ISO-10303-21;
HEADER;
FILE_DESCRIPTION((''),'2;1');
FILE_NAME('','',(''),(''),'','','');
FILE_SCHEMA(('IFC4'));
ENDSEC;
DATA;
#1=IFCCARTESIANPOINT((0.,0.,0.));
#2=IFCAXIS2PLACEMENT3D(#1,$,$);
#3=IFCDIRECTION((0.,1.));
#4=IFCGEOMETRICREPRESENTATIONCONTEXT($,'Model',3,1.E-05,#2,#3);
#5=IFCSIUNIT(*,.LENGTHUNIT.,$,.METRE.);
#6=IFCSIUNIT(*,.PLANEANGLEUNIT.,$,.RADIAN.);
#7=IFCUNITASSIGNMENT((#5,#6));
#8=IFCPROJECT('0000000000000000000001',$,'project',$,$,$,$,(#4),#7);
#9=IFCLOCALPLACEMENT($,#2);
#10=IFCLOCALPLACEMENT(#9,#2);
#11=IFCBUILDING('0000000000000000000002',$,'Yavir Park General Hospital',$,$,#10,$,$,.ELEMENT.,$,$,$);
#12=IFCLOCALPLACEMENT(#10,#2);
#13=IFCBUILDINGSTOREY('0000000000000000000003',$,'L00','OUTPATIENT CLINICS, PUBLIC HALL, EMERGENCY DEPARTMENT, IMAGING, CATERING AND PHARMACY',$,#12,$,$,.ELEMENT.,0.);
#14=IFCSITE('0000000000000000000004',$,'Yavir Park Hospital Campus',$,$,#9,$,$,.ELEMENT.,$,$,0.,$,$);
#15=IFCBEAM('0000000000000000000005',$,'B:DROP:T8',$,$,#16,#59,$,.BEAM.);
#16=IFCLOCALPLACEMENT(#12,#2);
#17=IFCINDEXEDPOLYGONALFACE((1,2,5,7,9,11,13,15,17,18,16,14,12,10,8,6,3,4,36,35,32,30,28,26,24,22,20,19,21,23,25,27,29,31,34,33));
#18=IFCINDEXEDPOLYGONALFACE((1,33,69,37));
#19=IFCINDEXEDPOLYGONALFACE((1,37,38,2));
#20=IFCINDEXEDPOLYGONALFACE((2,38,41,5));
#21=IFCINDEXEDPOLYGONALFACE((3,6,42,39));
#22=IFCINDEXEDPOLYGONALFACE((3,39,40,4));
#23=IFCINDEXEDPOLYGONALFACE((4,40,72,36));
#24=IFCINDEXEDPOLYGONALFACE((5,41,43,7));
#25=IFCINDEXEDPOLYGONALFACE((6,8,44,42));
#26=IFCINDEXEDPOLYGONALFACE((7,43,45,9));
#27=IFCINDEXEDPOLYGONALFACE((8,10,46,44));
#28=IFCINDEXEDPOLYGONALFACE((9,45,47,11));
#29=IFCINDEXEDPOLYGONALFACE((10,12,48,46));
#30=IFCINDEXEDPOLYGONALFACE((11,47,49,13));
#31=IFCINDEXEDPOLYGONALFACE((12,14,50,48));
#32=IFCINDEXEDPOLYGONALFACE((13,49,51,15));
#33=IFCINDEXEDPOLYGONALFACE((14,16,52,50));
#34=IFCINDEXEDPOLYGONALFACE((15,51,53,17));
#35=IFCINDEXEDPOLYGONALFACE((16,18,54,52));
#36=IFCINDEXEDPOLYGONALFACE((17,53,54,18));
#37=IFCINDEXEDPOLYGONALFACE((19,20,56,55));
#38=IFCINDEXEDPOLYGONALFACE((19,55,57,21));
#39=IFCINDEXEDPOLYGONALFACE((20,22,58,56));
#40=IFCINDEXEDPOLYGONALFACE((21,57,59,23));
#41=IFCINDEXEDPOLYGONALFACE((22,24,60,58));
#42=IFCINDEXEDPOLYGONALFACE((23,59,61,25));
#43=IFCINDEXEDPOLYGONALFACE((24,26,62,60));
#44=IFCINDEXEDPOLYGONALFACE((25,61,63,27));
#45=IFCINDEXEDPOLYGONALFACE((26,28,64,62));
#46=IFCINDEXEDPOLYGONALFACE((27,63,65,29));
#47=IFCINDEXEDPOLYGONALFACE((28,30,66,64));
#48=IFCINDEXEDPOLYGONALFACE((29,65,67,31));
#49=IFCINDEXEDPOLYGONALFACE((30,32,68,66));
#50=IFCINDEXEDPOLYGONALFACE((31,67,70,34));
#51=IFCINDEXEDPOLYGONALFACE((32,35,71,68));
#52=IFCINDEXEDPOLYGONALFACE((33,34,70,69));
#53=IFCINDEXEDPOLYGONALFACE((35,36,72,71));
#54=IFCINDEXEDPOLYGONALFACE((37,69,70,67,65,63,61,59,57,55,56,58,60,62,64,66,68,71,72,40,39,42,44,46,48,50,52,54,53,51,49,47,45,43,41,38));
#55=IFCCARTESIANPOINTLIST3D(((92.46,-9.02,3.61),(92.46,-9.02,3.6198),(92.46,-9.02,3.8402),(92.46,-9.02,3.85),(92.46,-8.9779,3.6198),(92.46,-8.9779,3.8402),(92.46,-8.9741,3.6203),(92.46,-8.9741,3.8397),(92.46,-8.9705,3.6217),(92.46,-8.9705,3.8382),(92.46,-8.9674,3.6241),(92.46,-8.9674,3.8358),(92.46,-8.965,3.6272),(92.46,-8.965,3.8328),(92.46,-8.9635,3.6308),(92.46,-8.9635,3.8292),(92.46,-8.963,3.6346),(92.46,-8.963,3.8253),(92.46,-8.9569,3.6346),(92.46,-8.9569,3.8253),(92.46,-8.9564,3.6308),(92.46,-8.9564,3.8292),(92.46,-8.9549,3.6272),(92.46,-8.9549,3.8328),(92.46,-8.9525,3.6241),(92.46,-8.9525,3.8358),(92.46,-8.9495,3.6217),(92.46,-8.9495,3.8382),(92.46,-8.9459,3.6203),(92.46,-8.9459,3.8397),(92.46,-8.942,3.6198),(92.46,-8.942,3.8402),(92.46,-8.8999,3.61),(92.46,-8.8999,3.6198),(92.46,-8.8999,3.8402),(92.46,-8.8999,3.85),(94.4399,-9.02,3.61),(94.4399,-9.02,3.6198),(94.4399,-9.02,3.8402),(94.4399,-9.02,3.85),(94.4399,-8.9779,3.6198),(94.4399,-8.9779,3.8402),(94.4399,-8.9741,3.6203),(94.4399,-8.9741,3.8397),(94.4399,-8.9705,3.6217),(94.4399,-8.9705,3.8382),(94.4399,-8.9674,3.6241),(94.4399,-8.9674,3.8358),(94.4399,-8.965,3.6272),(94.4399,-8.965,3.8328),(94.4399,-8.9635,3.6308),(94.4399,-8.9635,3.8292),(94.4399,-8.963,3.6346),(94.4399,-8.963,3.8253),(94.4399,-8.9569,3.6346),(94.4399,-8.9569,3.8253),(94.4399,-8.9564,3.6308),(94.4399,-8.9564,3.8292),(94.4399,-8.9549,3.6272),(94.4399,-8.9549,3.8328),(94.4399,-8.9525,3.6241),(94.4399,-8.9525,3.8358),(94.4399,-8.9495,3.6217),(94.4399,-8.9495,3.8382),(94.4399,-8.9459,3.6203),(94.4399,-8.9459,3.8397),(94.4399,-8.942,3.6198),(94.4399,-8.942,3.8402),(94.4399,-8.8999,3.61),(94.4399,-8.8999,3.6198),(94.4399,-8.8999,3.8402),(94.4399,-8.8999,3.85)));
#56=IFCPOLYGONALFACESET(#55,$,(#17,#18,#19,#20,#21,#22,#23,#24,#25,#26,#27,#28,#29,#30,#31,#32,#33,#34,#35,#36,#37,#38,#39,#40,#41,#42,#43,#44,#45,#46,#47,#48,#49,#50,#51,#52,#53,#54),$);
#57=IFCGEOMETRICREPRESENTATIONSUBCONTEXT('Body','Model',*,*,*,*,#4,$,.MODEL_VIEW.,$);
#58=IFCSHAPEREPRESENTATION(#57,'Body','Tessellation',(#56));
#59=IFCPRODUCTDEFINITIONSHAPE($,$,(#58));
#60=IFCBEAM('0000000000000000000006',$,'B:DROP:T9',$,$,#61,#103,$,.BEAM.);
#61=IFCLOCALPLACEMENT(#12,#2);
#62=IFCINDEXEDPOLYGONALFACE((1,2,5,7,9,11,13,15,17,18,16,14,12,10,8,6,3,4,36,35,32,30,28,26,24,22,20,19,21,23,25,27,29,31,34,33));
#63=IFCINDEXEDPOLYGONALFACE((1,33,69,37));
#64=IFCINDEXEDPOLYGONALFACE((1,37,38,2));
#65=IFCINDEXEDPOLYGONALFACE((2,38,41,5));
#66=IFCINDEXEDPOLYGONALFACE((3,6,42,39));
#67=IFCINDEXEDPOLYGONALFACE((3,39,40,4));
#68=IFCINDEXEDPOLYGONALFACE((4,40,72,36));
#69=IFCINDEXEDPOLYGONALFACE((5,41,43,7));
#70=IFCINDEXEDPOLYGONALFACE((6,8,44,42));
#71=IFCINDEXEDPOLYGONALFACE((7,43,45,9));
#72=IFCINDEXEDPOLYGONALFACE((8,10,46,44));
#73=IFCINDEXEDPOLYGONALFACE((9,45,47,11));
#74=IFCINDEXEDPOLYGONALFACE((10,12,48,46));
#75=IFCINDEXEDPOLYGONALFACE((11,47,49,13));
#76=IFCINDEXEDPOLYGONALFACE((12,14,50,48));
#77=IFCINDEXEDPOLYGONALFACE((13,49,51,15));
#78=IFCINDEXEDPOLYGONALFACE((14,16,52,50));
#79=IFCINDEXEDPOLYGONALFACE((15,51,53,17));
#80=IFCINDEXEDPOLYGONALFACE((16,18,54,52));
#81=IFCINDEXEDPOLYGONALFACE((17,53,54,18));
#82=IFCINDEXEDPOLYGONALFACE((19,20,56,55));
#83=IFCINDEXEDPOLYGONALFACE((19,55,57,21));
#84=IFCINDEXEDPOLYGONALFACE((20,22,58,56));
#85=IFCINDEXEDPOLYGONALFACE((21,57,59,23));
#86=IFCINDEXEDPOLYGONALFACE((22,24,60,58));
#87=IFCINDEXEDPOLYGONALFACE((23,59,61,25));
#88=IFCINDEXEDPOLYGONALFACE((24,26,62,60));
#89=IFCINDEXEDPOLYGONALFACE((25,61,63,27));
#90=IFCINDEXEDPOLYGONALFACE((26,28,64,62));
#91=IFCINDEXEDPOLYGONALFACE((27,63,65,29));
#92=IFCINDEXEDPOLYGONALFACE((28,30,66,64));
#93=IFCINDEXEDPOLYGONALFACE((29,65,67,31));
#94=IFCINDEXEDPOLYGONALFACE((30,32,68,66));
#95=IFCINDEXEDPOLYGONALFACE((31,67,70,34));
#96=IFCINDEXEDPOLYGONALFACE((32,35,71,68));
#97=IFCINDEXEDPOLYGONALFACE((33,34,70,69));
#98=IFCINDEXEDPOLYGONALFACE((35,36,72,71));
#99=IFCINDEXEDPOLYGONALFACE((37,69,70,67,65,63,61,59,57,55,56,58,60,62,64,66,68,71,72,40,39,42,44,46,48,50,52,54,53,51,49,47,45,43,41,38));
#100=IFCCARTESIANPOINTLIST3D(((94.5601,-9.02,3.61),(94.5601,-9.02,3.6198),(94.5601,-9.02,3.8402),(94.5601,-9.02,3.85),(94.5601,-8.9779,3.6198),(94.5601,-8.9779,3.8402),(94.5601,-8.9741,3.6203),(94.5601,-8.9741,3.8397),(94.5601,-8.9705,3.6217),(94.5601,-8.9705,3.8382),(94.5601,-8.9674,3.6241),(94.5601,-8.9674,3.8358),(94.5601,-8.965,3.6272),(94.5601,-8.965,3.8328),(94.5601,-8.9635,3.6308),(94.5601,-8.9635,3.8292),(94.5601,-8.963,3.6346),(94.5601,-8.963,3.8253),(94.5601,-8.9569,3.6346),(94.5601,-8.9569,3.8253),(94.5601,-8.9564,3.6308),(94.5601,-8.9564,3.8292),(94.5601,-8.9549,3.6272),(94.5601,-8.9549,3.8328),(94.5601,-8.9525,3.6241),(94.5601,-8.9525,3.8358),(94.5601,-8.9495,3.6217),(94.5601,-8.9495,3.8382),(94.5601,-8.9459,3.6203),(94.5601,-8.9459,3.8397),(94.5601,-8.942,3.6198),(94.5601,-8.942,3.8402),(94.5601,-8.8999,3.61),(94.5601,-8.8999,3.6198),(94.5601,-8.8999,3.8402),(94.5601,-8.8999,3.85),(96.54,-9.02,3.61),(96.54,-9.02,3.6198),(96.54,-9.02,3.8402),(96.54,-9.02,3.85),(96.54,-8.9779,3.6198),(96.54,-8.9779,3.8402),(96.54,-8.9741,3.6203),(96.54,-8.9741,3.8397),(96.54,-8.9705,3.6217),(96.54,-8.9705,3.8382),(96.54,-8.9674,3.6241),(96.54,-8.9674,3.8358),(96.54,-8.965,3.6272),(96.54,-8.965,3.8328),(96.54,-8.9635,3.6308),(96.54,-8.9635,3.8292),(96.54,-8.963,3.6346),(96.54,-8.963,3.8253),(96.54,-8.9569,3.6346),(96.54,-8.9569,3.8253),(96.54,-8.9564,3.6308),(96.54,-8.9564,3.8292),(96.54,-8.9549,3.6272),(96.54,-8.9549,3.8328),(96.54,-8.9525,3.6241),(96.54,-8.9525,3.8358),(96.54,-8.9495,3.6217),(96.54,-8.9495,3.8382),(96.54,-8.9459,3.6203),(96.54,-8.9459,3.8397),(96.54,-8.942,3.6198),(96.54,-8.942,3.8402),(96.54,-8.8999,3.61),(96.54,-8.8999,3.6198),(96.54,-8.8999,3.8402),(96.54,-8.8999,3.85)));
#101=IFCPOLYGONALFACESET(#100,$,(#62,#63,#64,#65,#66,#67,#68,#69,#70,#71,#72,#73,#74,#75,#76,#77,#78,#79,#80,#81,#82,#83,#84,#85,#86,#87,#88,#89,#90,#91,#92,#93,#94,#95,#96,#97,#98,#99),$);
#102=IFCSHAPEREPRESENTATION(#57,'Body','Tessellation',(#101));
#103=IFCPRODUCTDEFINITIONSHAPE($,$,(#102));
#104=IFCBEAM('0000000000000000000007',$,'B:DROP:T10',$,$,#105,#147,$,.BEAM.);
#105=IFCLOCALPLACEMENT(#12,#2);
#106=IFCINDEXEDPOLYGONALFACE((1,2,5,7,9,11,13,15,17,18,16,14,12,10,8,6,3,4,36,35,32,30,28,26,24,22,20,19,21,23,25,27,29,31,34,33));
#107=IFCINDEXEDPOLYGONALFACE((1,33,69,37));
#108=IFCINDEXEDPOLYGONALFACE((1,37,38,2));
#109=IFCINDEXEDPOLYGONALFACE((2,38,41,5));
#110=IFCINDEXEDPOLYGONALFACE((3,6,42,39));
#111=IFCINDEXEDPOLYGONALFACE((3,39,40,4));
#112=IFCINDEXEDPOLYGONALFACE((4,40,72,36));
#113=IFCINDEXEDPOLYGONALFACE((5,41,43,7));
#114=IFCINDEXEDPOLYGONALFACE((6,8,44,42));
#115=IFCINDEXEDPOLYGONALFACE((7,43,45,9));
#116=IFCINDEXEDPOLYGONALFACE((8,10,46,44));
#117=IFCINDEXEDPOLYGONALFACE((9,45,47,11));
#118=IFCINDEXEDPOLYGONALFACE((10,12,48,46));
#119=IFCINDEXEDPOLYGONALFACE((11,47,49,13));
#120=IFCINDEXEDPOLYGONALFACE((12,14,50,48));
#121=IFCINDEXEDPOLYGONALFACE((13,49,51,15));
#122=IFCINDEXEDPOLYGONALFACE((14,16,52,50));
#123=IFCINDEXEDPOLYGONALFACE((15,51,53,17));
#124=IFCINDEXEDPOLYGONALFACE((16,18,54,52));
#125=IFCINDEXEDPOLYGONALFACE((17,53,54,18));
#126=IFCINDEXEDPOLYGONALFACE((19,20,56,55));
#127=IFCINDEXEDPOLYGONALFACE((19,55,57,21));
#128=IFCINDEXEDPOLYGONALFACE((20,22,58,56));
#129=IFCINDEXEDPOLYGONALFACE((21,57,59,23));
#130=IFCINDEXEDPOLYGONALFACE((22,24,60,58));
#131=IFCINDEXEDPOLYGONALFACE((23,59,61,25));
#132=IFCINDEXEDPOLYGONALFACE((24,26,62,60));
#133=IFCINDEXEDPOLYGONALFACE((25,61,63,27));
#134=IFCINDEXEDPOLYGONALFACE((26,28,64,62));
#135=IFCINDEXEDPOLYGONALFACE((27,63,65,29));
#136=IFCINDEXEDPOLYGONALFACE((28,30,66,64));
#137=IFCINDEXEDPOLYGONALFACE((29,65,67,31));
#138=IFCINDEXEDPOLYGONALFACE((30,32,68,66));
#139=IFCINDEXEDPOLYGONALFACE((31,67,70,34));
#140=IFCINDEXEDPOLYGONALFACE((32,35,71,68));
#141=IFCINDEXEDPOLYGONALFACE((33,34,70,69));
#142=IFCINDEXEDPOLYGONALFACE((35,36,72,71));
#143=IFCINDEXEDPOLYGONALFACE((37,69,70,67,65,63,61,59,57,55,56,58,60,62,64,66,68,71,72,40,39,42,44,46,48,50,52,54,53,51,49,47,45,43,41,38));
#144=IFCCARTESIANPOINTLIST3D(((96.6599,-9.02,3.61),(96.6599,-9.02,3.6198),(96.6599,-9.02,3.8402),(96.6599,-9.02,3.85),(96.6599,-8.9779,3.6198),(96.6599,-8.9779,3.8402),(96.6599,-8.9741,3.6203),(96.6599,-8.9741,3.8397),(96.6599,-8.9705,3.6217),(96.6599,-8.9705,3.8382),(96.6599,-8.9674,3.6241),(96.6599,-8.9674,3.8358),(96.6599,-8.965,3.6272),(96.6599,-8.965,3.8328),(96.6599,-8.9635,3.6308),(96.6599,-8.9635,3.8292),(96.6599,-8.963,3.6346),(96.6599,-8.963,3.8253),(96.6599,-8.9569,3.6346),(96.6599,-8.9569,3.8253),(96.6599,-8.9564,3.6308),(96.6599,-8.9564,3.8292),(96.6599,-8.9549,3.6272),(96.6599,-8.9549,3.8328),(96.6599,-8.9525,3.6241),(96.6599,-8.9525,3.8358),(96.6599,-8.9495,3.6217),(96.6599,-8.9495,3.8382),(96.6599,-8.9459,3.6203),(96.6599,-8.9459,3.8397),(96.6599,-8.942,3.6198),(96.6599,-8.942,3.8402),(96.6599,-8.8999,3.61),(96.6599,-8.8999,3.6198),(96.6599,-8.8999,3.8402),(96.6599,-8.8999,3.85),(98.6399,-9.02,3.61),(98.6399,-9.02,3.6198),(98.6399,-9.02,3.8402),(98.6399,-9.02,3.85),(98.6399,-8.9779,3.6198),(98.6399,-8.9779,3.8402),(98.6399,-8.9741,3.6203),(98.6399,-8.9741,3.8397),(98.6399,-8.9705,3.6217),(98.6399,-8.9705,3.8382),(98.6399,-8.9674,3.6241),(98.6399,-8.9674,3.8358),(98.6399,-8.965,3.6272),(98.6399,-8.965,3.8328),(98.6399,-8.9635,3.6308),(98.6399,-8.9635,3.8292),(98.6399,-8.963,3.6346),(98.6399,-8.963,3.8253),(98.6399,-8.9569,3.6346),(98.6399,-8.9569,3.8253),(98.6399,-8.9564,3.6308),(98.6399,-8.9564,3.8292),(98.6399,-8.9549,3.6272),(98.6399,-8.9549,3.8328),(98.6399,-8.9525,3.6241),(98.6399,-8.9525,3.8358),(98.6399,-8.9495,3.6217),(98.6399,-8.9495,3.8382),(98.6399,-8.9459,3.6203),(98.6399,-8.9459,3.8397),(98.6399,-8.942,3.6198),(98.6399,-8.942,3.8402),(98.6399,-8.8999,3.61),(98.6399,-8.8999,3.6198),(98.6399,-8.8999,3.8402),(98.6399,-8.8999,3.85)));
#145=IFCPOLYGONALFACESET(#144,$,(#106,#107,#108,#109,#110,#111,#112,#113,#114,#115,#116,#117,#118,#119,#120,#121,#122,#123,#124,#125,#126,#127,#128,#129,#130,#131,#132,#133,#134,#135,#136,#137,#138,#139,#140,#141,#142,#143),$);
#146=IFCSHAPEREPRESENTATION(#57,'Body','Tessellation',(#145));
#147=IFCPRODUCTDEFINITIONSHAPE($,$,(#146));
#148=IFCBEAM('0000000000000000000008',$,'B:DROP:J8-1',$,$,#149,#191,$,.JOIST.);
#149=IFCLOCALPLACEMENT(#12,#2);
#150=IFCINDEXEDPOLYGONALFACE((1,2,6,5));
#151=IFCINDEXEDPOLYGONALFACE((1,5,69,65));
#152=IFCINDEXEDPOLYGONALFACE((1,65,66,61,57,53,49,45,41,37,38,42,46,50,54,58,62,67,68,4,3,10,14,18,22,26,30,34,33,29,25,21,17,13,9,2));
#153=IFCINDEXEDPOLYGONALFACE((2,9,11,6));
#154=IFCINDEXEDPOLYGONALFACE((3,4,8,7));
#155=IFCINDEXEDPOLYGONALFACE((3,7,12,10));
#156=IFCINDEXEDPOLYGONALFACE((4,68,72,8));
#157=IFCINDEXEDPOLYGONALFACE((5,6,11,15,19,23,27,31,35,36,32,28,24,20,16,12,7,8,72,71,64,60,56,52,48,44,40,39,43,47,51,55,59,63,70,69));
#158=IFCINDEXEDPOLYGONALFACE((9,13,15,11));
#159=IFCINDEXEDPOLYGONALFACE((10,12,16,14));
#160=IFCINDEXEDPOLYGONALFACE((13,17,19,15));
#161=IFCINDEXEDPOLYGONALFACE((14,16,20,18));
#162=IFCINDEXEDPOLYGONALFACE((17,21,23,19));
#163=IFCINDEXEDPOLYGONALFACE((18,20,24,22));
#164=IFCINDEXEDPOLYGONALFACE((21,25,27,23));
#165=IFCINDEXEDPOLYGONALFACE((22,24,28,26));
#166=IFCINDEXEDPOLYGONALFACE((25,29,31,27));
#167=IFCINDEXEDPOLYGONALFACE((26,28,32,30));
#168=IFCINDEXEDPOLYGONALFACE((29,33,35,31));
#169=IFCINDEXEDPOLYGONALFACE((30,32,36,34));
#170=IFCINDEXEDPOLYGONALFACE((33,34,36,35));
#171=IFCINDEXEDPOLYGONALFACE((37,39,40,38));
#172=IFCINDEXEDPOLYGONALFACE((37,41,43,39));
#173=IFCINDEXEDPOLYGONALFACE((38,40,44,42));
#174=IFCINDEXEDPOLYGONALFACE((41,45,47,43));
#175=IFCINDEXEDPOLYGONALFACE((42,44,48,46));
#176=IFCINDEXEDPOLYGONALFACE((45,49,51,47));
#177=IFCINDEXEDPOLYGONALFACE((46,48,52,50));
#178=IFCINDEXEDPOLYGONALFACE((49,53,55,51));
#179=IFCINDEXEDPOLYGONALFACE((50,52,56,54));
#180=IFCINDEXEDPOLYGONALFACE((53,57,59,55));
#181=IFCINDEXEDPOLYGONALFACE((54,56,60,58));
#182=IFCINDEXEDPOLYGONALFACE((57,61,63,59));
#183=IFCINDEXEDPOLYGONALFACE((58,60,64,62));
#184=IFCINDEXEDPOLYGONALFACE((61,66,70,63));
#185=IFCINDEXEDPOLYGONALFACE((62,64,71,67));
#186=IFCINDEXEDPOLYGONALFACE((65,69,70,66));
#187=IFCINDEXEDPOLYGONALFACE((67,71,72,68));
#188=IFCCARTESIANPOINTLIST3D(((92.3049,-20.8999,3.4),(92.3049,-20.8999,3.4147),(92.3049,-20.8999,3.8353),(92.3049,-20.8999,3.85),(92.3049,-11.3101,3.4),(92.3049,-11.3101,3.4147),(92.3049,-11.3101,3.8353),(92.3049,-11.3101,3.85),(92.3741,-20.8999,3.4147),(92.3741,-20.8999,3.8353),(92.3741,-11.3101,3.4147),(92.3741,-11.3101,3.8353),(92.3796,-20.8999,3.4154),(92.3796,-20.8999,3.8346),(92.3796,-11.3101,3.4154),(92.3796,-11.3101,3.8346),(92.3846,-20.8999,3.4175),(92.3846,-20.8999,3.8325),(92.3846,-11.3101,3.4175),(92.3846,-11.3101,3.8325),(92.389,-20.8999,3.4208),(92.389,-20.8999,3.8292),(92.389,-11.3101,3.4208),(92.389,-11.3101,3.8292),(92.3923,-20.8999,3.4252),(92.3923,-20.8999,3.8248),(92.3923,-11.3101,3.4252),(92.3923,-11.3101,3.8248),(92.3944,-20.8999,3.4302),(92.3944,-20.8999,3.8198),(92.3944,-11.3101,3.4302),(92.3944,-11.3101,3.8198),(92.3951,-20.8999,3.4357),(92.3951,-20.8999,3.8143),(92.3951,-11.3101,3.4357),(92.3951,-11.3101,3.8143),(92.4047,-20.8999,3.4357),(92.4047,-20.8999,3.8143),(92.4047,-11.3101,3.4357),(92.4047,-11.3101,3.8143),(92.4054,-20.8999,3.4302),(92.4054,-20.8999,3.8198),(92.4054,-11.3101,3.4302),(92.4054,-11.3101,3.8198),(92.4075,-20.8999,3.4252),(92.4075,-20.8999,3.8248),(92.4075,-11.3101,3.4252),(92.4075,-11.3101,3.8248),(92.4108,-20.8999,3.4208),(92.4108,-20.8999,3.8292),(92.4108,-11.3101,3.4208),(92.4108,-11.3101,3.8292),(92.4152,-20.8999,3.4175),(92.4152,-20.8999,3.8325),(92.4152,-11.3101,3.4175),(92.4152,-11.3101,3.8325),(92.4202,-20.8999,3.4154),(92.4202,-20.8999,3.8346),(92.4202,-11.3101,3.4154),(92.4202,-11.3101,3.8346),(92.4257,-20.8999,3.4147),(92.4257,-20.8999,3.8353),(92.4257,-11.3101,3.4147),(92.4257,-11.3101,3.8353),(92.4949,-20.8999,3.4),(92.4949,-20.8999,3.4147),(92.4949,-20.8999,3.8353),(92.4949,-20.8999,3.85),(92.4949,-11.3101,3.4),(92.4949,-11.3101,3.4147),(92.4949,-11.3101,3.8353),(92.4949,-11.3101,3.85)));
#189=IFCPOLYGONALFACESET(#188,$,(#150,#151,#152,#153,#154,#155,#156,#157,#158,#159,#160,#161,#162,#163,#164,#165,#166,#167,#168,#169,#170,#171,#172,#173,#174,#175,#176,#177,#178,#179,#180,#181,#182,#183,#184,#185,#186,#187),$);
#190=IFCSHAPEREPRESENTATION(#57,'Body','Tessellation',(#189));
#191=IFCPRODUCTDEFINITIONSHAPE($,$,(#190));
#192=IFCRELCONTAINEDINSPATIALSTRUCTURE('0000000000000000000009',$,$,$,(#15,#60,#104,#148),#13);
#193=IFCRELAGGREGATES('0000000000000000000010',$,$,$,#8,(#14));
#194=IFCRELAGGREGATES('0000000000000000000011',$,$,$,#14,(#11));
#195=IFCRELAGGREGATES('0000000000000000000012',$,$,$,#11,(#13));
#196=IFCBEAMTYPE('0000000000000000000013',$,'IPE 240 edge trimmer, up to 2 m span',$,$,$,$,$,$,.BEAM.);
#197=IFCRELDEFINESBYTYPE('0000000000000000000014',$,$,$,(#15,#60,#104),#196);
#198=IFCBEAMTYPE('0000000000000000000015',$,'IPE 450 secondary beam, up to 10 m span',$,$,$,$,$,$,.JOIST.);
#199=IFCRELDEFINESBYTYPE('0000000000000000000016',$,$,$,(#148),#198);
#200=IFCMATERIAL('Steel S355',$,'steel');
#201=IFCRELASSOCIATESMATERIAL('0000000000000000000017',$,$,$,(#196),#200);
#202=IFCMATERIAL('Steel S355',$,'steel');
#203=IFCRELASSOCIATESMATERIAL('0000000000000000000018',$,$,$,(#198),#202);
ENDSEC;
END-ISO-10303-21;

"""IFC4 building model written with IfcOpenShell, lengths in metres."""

from ifc_helpers import new_model, si_unit, direction, frame, origin, origin_2d, place, context, subcontext, project, spatial, i_section, extrude, material, material_profile, profile_set, type_object, element, save


model = new_model("IFC4")

# Units and contexts
model_context = context("Model", 3, precision=1e-05, world=origin(), true_north=direction((0.0, 1.0)))
body_context = subcontext(model_context, "Body", "Model", "MODEL_VIEW")
ifc_project = project(units=[si_unit("LENGTHUNIT", "METRE"), si_unit("PLANEANGLEUNIT", "RADIAN")], contexts=[model_context])

# Site, building, storey
site_placement = place(None, origin())
site = spatial("IfcSite", under=ifc_project, at=site_placement, Name="Yavir Park Hospital Campus", CompositionType="ELEMENT", RefElevation=0.0)
building_placement = place(site_placement, origin())
building = spatial("IfcBuilding", under=site, at=building_placement, Name="Yavir Park General Hospital", CompositionType="ELEMENT")
storey_placement = place(building_placement, origin())
storey = spatial("IfcBuildingStorey", under=building, at=storey_placement, Name="L00", Description="OUTPATIENT CLINICS, PUBLIC HALL, EMERGENCY DEPARTMENT, IMAGING, CATERING AND PHARMACY", CompositionType="ELEMENT", Elevation=0.0)

# Beams
ifc_material_1 = material(Name="Steel S355", Category="steel")
ifc_material_profile_1 = material_profile(ifc_material_1, i_section(OverallWidth=0.1201, OverallDepth=0.24, WebThickness=0.0061, FlangeThickness=0.0098, FilletRadius=0.0149, at=origin_2d()), Name="IPE240")
ifc_profile_set_1 = profile_set([ifc_material_profile_1], Name="Steel S355")
beam_type_1 = type_object("IfcBeamType", Name="IPE 240 edge trimmer, up to 2 m span", PredefinedType="BEAM", material=ifc_profile_set_1)
for number, where, z_axis, x_axis, name in (
    (1, (92.46, -8.96, 3.73), (1.0, 0.0, 0.0), (0.0, 1.0, 0.0), "B:DROP:T8"),
    (2, (94.5601, -8.96, 3.73), (1.0, 0.0, 0.0), (0.0, 1.0, 0.0), "B:DROP:T9"),
    (3, (96.6599, -8.96, 3.73), (1.0, 0.0, 0.0), (0.0, 1.0, 0.0), "B:DROP:T10"),
):
    element("IfcBeam", number, at=place(storey_placement, frame(where, z_axis=z_axis, x_axis=x_axis)), inside=storey, type_object=beam_type_1, Name=name, PredefinedType="BEAM", context=body_context, shape_type="SweptSolid", body=[
        extrude(i_section(OverallWidth=0.1201, OverallDepth=0.24, WebThickness=0.0061, FlangeThickness=0.0098, FilletRadius=0.0149, at=origin_2d()), origin(), (0.0, 0.0, 1.0), 1.98),
    ])
ifc_material_2 = material(Name="Steel S355", Category="steel")
ifc_material_profile_2 = material_profile(ifc_material_2, i_section(OverallWidth=0.1899, OverallDepth=0.45, WebThickness=0.0095, FlangeThickness=0.0146, FilletRadius=0.021, at=origin_2d()), Name="IPE450")
ifc_profile_set_2 = profile_set([ifc_material_profile_2], Name="Steel S355")
beam_type_2 = type_object("IfcBeamType", Name="IPE 450 secondary beam, up to 10 m span", PredefinedType="JOIST", material=ifc_profile_set_2)
for number, where, z_axis, x_axis, name in (
    (4, (92.3999, -11.3101, 3.625), (0.0, -1.0, 0.0), (1.0, 0.0, 0.0), "B:DROP:J8-1"),
):
    element("IfcBeam", number, at=place(storey_placement, frame(where, z_axis=z_axis, x_axis=x_axis)), inside=storey, type_object=beam_type_2, Name=name, PredefinedType="JOIST", context=body_context, shape_type="SweptSolid", body=[
        extrude(i_section(OverallWidth=0.1899, OverallDepth=0.45, WebThickness=0.0095, FlangeThickness=0.0146, FilletRadius=0.021, at=origin_2d()), origin(), (0.0, 0.0, 1.0), 9.5898),
    ])

save(model, "model.ifc")
